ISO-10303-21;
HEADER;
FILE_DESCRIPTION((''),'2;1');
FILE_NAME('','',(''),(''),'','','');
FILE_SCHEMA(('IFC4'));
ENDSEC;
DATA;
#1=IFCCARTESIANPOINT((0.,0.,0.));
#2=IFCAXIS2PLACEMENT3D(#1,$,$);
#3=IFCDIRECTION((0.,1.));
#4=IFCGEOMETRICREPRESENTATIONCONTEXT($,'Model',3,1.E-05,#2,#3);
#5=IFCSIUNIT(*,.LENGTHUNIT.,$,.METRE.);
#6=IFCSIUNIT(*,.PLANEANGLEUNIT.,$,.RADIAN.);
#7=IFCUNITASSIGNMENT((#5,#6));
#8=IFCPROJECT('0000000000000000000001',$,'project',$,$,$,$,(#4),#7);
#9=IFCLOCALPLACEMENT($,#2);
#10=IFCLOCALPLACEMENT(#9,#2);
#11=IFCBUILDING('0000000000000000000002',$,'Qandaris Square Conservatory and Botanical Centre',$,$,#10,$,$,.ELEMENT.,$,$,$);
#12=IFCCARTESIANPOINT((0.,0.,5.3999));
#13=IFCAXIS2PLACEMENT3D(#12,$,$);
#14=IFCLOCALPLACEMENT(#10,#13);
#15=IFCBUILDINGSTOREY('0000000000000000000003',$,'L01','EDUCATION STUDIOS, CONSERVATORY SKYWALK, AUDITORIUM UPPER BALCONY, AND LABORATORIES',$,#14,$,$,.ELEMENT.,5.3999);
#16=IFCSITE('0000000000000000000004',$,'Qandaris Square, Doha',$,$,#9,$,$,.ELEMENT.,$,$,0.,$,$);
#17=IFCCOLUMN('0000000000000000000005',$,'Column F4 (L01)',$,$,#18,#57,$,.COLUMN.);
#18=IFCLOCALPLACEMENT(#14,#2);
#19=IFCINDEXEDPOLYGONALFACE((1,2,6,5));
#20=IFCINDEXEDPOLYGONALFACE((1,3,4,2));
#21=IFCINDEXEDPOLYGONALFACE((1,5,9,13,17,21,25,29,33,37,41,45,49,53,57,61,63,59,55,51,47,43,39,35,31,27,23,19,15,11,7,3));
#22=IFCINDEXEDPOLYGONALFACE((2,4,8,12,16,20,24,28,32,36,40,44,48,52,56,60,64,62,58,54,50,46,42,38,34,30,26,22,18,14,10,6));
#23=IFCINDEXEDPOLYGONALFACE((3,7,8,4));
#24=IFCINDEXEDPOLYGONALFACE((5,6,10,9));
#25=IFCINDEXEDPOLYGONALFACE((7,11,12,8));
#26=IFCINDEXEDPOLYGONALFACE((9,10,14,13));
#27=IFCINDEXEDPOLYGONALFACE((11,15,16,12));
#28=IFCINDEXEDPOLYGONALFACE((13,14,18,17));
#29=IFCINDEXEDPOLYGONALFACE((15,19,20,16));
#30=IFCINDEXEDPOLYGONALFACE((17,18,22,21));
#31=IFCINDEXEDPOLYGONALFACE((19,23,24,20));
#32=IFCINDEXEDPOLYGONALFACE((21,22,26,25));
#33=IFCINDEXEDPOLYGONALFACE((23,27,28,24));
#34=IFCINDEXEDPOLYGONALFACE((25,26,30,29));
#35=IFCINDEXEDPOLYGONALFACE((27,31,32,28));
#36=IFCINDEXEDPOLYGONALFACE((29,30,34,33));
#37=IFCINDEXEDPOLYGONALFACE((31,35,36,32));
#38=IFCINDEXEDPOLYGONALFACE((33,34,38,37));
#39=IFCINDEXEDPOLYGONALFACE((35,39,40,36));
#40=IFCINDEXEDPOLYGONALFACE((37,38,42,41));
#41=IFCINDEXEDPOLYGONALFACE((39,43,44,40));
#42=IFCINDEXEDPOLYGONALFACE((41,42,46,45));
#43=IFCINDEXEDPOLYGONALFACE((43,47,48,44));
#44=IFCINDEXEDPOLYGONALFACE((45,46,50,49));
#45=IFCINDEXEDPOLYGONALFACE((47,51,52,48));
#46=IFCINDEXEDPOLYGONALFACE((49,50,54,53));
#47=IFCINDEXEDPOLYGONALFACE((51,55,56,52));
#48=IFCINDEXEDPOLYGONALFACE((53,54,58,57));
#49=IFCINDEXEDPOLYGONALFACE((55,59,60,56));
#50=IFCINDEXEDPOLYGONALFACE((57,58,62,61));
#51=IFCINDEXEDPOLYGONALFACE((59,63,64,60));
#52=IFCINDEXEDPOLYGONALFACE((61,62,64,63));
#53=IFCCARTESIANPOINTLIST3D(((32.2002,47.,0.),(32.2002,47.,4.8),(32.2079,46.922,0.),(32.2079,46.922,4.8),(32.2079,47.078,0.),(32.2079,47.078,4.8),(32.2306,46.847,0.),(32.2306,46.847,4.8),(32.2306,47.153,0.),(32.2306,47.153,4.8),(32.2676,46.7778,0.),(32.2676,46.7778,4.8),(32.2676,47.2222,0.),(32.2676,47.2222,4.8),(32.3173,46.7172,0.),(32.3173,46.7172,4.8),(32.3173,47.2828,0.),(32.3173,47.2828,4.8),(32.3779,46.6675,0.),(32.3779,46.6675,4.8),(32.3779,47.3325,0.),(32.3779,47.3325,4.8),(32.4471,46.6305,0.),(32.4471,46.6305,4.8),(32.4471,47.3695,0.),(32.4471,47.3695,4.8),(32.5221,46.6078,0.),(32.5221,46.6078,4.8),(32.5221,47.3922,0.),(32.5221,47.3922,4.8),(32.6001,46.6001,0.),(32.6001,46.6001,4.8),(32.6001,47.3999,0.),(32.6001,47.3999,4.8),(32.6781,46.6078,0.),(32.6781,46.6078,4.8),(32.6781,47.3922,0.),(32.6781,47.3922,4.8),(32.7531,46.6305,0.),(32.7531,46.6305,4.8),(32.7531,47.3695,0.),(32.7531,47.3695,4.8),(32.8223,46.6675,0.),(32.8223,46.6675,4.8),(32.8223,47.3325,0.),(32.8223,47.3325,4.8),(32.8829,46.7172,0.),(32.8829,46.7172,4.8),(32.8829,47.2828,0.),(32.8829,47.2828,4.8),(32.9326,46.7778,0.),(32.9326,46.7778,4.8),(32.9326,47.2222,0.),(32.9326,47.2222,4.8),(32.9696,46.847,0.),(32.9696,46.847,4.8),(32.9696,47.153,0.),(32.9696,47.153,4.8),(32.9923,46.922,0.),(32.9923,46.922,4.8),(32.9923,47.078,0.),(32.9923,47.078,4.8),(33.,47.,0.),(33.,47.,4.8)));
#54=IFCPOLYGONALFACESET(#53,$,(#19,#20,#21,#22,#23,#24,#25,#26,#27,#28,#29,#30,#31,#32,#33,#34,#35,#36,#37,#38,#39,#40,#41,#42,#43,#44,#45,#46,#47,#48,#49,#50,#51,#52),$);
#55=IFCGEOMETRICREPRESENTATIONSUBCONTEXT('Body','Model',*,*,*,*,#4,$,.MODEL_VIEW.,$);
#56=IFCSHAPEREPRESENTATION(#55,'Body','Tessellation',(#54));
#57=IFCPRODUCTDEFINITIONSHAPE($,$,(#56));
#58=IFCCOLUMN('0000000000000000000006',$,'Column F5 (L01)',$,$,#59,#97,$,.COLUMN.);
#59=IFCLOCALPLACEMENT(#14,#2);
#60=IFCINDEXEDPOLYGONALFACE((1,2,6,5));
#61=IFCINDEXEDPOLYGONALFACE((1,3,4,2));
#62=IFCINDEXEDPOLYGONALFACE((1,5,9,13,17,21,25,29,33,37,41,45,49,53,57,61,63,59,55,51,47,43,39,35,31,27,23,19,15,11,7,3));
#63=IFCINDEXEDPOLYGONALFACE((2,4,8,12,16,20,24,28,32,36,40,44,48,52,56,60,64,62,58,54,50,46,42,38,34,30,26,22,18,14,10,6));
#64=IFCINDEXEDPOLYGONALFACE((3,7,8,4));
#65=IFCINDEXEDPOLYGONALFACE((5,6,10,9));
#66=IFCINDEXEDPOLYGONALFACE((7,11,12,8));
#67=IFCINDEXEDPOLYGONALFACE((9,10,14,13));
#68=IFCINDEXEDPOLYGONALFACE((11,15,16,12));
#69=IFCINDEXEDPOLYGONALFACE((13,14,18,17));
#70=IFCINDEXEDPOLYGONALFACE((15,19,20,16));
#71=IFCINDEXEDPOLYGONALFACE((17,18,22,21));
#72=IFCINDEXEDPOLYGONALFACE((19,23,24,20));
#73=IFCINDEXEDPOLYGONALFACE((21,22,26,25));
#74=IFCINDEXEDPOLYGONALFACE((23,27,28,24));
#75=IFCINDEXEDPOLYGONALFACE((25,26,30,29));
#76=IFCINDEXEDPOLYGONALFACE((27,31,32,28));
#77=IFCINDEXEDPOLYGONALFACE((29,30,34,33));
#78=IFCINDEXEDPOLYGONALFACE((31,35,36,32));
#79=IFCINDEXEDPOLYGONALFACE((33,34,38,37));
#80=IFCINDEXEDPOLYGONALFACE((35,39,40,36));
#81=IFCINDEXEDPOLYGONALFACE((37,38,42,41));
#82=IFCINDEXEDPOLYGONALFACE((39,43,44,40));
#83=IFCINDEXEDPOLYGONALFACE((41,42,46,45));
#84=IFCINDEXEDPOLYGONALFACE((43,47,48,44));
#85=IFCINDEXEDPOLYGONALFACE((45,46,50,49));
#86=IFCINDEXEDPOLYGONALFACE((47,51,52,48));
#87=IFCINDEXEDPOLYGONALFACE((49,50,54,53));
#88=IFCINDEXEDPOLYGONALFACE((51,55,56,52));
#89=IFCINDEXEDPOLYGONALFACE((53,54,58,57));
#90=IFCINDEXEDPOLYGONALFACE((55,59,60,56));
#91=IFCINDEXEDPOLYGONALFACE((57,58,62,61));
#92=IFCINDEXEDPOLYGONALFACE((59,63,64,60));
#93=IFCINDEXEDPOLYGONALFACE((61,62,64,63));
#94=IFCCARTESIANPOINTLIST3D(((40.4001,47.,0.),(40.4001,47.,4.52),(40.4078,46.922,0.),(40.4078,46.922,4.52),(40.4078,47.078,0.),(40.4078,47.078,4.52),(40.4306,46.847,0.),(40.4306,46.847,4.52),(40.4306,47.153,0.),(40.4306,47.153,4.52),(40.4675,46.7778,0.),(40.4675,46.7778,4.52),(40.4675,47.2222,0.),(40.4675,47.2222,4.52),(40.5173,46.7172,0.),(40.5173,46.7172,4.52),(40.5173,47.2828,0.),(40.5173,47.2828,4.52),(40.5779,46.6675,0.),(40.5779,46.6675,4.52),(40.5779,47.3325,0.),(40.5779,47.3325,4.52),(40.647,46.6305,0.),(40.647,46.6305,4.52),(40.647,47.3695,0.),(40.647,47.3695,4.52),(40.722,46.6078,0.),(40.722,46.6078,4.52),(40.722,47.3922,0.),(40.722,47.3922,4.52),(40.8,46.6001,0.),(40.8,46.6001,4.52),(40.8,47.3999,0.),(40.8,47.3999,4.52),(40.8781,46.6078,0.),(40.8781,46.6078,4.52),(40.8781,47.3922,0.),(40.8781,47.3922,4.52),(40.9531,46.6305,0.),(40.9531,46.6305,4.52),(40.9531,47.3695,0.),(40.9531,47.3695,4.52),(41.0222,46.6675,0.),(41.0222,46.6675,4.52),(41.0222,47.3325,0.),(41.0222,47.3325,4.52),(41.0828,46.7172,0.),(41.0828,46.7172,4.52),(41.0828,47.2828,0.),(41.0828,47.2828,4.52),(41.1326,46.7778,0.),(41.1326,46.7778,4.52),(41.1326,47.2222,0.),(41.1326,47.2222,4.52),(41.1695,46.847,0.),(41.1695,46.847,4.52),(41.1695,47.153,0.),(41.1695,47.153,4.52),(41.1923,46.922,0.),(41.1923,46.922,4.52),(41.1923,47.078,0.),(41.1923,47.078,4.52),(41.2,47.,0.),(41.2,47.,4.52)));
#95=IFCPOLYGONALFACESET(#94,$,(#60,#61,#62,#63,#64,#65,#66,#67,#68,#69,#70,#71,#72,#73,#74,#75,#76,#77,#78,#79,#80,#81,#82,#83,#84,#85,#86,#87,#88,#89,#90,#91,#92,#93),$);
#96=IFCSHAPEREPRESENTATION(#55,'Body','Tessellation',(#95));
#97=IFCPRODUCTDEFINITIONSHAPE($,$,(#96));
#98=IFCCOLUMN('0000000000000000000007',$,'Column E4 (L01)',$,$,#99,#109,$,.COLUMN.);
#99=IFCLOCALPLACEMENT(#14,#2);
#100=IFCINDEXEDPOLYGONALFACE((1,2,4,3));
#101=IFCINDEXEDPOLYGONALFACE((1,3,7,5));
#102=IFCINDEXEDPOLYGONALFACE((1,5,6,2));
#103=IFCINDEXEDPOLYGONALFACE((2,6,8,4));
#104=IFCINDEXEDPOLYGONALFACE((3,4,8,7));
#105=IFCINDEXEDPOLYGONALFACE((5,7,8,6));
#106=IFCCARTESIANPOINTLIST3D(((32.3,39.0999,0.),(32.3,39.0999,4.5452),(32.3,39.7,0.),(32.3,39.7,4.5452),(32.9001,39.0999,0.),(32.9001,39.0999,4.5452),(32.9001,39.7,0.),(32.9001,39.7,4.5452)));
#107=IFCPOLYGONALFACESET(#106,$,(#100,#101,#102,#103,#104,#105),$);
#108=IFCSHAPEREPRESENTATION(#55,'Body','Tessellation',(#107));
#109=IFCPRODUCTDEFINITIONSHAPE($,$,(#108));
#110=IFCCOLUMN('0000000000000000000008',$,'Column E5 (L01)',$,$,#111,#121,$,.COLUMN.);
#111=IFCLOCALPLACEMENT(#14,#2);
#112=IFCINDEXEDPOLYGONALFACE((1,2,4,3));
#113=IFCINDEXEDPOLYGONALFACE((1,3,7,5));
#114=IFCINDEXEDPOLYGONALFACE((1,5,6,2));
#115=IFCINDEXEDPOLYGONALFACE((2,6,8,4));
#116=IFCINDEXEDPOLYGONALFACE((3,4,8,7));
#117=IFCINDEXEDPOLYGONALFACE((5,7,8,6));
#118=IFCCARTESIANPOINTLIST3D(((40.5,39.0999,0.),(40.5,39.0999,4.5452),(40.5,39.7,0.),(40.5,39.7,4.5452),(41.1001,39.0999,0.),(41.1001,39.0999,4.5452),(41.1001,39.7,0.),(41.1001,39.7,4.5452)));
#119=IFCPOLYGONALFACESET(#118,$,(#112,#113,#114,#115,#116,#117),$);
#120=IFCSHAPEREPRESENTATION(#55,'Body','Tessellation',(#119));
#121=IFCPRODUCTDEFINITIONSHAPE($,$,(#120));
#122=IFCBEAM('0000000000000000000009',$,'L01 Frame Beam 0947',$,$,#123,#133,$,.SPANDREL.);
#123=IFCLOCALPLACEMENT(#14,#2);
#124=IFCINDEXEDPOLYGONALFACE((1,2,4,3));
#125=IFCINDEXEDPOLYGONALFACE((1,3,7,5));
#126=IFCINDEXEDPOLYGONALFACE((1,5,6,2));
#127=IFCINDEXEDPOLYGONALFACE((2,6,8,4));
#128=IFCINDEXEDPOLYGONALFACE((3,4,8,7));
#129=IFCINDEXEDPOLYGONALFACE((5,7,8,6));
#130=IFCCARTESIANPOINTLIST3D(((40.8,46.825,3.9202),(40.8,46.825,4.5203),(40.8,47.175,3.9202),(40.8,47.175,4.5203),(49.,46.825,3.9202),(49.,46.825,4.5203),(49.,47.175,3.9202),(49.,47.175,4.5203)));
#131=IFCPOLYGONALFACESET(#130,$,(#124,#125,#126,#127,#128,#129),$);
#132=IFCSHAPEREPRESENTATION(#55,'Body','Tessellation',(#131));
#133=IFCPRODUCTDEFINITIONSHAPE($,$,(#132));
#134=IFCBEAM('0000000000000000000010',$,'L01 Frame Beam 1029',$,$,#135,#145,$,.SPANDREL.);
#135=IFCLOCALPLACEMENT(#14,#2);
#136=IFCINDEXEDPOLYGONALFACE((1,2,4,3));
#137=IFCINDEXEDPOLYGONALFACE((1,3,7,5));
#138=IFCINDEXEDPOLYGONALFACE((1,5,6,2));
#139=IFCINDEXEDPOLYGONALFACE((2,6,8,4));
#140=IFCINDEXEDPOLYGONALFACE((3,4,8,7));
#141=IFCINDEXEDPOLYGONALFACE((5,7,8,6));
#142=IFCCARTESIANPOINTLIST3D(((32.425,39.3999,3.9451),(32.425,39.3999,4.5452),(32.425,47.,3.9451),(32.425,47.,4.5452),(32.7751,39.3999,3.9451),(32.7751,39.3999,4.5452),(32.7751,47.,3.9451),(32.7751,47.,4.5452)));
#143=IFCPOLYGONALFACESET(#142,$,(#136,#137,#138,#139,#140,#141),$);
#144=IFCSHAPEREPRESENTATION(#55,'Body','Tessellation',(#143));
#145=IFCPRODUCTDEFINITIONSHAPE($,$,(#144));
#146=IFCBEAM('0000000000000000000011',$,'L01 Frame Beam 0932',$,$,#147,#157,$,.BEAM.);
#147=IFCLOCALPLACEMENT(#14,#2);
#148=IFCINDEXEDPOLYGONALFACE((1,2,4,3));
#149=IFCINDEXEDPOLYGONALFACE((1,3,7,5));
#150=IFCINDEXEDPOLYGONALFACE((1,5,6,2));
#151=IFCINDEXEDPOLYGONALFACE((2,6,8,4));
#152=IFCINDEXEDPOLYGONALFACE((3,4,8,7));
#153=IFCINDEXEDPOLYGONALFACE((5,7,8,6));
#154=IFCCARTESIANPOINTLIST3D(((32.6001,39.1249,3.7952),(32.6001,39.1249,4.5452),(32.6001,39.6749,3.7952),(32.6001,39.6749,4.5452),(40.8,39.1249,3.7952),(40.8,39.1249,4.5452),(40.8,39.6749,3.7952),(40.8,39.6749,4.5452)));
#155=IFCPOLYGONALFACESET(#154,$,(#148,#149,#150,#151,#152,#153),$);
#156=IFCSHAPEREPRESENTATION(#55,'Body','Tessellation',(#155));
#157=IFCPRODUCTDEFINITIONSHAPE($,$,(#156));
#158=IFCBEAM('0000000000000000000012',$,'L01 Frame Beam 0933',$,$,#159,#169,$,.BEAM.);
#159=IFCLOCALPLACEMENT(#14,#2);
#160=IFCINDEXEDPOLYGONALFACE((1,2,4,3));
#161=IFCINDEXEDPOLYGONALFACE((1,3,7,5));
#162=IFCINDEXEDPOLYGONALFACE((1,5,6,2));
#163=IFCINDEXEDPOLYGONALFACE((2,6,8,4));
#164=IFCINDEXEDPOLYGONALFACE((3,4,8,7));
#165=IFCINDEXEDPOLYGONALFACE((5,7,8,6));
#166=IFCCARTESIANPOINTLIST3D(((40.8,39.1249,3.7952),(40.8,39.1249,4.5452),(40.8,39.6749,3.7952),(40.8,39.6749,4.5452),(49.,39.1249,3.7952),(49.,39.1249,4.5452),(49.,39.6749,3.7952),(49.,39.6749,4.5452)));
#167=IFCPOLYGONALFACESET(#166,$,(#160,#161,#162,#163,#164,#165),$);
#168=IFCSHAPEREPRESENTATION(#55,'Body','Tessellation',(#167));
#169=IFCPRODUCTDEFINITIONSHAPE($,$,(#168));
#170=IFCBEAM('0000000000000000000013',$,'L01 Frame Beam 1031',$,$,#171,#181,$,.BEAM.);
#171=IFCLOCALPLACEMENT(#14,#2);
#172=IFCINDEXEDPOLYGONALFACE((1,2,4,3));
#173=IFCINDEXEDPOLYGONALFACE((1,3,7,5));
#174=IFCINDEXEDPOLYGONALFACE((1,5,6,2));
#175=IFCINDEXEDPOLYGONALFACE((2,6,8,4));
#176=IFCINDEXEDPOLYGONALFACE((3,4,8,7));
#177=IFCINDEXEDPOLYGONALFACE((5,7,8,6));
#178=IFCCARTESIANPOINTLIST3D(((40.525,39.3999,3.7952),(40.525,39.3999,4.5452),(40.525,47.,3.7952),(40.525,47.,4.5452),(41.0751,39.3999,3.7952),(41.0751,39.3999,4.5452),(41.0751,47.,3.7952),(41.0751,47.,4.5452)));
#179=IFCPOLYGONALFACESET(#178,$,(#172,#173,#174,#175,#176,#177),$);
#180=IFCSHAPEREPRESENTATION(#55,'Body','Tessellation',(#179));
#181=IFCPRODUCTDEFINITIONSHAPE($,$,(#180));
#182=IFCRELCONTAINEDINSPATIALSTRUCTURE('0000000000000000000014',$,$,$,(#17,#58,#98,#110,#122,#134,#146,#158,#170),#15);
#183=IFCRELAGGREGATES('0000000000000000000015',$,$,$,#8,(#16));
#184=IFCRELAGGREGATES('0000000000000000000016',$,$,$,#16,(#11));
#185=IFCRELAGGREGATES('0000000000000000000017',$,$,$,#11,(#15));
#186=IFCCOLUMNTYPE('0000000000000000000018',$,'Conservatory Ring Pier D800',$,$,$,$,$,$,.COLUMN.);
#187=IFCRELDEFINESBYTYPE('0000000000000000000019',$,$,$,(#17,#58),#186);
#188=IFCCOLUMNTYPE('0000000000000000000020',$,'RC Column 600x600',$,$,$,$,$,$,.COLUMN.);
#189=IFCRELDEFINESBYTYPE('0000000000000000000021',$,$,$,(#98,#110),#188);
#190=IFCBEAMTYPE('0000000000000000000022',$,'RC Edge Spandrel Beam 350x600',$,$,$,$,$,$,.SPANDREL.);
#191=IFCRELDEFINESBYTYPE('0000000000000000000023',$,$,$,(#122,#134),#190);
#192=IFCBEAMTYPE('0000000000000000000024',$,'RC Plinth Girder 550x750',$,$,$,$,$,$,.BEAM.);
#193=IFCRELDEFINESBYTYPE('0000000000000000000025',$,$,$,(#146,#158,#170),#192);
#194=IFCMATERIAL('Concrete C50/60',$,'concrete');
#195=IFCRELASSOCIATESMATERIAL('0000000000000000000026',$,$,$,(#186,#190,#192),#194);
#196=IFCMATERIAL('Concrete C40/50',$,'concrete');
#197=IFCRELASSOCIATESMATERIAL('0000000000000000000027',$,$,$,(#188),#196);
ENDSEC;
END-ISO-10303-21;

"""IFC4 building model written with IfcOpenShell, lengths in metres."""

from ifc_helpers import new_model, si_unit, direction, frame, origin, origin_2d, place, context, subcontext, project, spatial, rectangle, circle, extrude, material, material_profile, profile_set, type_object, element, save


model = new_model("IFC4")

# Units and contexts
model_context = context("Model", 3, precision=1e-05, world=origin(), true_north=direction((0.0, 1.0)))
body_context = subcontext(model_context, "Body", "Model", "MODEL_VIEW")
ifc_project = project(units=[si_unit("LENGTHUNIT", "METRE"), si_unit("PLANEANGLEUNIT", "RADIAN")], contexts=[model_context])

# Site, building, storey
site_placement = place(None, origin())
site = spatial("IfcSite", under=ifc_project, at=site_placement, Name="Qandaris Square, Doha", CompositionType="ELEMENT", RefElevation=0.0)
building_placement = place(site_placement, origin())
building = spatial("IfcBuilding", under=site, at=building_placement, Name="Qandaris Square Conservatory and Botanical Centre", CompositionType="ELEMENT")
storey_placement = place(building_placement, frame((0.0, 0.0, 5.3999)))
storey = spatial("IfcBuildingStorey", under=building, at=storey_placement, Name="L01", Description="EDUCATION STUDIOS, CONSERVATORY SKYWALK, AUDITORIUM UPPER BALCONY, AND LABORATORIES", CompositionType="ELEMENT", Elevation=5.3999)

# Columns
ifc_material_1 = material(Name="Concrete C50/60", Category="concrete")
ifc_material_profile_1 = material_profile(ifc_material_1, circle(Radius=0.3999, at=origin_2d()), Name="RC-COL D800")
ifc_profile_set_1 = profile_set([ifc_material_profile_1], Name="Concrete C50/60")
column_type_1 = type_object("IfcColumnType", Name="Conservatory Ring Pier D800", PredefinedType="COLUMN", material=ifc_profile_set_1)
column_1_placement = place(storey_placement, frame((32.6001, 47.0, 0.0), z_axis=(0.0, 0.0, 1.0), x_axis=(1.0, 0.0, 0.0)))
element("IfcColumn", 1, at=column_1_placement, inside=storey, type_object=column_type_1, Name="Column F4 (L01)", PredefinedType="COLUMN", context=body_context, shape_type="SweptSolid", body=[
    extrude(circle(Radius=0.3999, at=origin_2d()), origin(), (0.0, 0.0, 1.0), 4.8),
])
column_2_placement = place(storey_placement, frame((40.8, 47.0, 0.0), z_axis=(0.0, 0.0, 1.0), x_axis=(1.0, 0.0, 0.0)))
element("IfcColumn", 2, at=column_2_placement, inside=storey, type_object=column_type_1, Name="Column F5 (L01)", PredefinedType="COLUMN", context=body_context, shape_type="SweptSolid", body=[
    extrude(circle(Radius=0.3999, at=origin_2d()), origin(), (0.0, 0.0, 1.0), 4.52),
])
ifc_material_2 = material(Name="Concrete C40/50", Category="concrete")
ifc_material_profile_2 = material_profile(ifc_material_2, rectangle(XDim=0.6001, YDim=0.6001, at=origin_2d()), Name="RC-COL 600x600")
ifc_profile_set_2 = profile_set([ifc_material_profile_2], Name="Concrete C40/50")
column_type_2 = type_object("IfcColumnType", Name="RC Column 600x600", PredefinedType="COLUMN", material=ifc_profile_set_2)
for number, where, z_axis, x_axis, name in (
    (3, (32.6001, 39.3999, 0.0), (0.0, 0.0, 1.0), (1.0, 0.0, 0.0), "Column E4 (L01)"),
    (4, (40.8, 39.3999, 0.0), (0.0, 0.0, 1.0), (1.0, 0.0, 0.0), "Column E5 (L01)"),
):
    element("IfcColumn", number, at=place(storey_placement, frame(where, z_axis=z_axis, x_axis=x_axis)), inside=storey, type_object=column_type_2, Name=name, PredefinedType="COLUMN", context=body_context, shape_type="SweptSolid", body=[
        extrude(rectangle(XDim=0.6001, YDim=0.6001, at=origin_2d()), origin(), (0.0, 0.0, 1.0), 4.5452),
    ])

# Beams
ifc_material_profile_3 = material_profile(ifc_material_1, rectangle(XDim=0.3501, YDim=0.6001, at=origin_2d()), Name="RC-SP 350x600")
ifc_profile_set_3 = profile_set([ifc_material_profile_3], Name="Concrete C50/60")
beam_type_1 = type_object("IfcBeamType", Name="RC Edge Spandrel Beam 350x600", PredefinedType="SPANDREL", material=ifc_profile_set_3)
beam_1_placement = place(storey_placement, frame((40.8, 47.0, 4.2202), z_axis=(1.0, 0.0, 0.0), x_axis=(0.0, 1.0, 0.0)))
element("IfcBeam", 5, at=beam_1_placement, inside=storey, type_object=beam_type_1, Name="L01 Frame Beam 0947", PredefinedType="SPANDREL", context=body_context, shape_type="SweptSolid", body=[
    extrude(rectangle(XDim=0.3501, YDim=0.6001, at=origin_2d()), origin(), (0.0, 0.0, 1.0), 8.2),
])
beam_2_placement = place(storey_placement, frame((32.6001, 39.3999, 4.2451), z_axis=(0.0, 1.0, 0.0), x_axis=(-1.0, 0.0, 0.0)))
element("IfcBeam", 6, at=beam_2_placement, inside=storey, type_object=beam_type_1, Name="L01 Frame Beam 1029", PredefinedType="SPANDREL", context=body_context, shape_type="SweptSolid", body=[
    extrude(rectangle(XDim=0.3501, YDim=0.6001, at=origin_2d()), origin(), (0.0, 0.0, 1.0), 7.6001),
])
ifc_material_profile_4 = material_profile(ifc_material_1, rectangle(XDim=0.55, YDim=0.75, at=origin_2d()), Name="RC-BM 550x750")
ifc_profile_set_4 = profile_set([ifc_material_profile_4], Name="Concrete C50/60")
beam_type_2 = type_object("IfcBeamType", Name="RC Plinth Girder 550x750", PredefinedType="BEAM", material=ifc_profile_set_4)
for number, where, z_axis, x_axis, name in (
    (7, (32.6001, 39.3999, 4.1702), (1.0, 0.0, 0.0), (0.0, 1.0, 0.0), "L01 Frame Beam 0932"),
    (8, (40.8, 39.3999, 4.1702), (1.0, 0.0, 0.0), (0.0, 1.0, 0.0), "L01 Frame Beam 0933"),
):
    element("IfcBeam", number, at=place(storey_placement, frame(where, z_axis=z_axis, x_axis=x_axis)), inside=storey, type_object=beam_type_2, Name=name, PredefinedType="BEAM", context=body_context, shape_type="SweptSolid", body=[
        extrude(rectangle(XDim=0.55, YDim=0.75, at=origin_2d()), origin(), (0.0, 0.0, 1.0), 8.2),
    ])
beam_3_placement = place(storey_placement, frame((40.8, 39.3999, 4.1702), z_axis=(0.0, 1.0, 0.0), x_axis=(-1.0, 0.0, 0.0)))
element("IfcBeam", 9, at=beam_3_placement, inside=storey, type_object=beam_type_2, Name="L01 Frame Beam 1031", PredefinedType="BEAM", context=body_context, shape_type="SweptSolid", body=[
    extrude(rectangle(XDim=0.55, YDim=0.75, at=origin_2d()), origin(), (0.0, 0.0, 1.0), 7.6001),
])

save(model, "model.ifc")
